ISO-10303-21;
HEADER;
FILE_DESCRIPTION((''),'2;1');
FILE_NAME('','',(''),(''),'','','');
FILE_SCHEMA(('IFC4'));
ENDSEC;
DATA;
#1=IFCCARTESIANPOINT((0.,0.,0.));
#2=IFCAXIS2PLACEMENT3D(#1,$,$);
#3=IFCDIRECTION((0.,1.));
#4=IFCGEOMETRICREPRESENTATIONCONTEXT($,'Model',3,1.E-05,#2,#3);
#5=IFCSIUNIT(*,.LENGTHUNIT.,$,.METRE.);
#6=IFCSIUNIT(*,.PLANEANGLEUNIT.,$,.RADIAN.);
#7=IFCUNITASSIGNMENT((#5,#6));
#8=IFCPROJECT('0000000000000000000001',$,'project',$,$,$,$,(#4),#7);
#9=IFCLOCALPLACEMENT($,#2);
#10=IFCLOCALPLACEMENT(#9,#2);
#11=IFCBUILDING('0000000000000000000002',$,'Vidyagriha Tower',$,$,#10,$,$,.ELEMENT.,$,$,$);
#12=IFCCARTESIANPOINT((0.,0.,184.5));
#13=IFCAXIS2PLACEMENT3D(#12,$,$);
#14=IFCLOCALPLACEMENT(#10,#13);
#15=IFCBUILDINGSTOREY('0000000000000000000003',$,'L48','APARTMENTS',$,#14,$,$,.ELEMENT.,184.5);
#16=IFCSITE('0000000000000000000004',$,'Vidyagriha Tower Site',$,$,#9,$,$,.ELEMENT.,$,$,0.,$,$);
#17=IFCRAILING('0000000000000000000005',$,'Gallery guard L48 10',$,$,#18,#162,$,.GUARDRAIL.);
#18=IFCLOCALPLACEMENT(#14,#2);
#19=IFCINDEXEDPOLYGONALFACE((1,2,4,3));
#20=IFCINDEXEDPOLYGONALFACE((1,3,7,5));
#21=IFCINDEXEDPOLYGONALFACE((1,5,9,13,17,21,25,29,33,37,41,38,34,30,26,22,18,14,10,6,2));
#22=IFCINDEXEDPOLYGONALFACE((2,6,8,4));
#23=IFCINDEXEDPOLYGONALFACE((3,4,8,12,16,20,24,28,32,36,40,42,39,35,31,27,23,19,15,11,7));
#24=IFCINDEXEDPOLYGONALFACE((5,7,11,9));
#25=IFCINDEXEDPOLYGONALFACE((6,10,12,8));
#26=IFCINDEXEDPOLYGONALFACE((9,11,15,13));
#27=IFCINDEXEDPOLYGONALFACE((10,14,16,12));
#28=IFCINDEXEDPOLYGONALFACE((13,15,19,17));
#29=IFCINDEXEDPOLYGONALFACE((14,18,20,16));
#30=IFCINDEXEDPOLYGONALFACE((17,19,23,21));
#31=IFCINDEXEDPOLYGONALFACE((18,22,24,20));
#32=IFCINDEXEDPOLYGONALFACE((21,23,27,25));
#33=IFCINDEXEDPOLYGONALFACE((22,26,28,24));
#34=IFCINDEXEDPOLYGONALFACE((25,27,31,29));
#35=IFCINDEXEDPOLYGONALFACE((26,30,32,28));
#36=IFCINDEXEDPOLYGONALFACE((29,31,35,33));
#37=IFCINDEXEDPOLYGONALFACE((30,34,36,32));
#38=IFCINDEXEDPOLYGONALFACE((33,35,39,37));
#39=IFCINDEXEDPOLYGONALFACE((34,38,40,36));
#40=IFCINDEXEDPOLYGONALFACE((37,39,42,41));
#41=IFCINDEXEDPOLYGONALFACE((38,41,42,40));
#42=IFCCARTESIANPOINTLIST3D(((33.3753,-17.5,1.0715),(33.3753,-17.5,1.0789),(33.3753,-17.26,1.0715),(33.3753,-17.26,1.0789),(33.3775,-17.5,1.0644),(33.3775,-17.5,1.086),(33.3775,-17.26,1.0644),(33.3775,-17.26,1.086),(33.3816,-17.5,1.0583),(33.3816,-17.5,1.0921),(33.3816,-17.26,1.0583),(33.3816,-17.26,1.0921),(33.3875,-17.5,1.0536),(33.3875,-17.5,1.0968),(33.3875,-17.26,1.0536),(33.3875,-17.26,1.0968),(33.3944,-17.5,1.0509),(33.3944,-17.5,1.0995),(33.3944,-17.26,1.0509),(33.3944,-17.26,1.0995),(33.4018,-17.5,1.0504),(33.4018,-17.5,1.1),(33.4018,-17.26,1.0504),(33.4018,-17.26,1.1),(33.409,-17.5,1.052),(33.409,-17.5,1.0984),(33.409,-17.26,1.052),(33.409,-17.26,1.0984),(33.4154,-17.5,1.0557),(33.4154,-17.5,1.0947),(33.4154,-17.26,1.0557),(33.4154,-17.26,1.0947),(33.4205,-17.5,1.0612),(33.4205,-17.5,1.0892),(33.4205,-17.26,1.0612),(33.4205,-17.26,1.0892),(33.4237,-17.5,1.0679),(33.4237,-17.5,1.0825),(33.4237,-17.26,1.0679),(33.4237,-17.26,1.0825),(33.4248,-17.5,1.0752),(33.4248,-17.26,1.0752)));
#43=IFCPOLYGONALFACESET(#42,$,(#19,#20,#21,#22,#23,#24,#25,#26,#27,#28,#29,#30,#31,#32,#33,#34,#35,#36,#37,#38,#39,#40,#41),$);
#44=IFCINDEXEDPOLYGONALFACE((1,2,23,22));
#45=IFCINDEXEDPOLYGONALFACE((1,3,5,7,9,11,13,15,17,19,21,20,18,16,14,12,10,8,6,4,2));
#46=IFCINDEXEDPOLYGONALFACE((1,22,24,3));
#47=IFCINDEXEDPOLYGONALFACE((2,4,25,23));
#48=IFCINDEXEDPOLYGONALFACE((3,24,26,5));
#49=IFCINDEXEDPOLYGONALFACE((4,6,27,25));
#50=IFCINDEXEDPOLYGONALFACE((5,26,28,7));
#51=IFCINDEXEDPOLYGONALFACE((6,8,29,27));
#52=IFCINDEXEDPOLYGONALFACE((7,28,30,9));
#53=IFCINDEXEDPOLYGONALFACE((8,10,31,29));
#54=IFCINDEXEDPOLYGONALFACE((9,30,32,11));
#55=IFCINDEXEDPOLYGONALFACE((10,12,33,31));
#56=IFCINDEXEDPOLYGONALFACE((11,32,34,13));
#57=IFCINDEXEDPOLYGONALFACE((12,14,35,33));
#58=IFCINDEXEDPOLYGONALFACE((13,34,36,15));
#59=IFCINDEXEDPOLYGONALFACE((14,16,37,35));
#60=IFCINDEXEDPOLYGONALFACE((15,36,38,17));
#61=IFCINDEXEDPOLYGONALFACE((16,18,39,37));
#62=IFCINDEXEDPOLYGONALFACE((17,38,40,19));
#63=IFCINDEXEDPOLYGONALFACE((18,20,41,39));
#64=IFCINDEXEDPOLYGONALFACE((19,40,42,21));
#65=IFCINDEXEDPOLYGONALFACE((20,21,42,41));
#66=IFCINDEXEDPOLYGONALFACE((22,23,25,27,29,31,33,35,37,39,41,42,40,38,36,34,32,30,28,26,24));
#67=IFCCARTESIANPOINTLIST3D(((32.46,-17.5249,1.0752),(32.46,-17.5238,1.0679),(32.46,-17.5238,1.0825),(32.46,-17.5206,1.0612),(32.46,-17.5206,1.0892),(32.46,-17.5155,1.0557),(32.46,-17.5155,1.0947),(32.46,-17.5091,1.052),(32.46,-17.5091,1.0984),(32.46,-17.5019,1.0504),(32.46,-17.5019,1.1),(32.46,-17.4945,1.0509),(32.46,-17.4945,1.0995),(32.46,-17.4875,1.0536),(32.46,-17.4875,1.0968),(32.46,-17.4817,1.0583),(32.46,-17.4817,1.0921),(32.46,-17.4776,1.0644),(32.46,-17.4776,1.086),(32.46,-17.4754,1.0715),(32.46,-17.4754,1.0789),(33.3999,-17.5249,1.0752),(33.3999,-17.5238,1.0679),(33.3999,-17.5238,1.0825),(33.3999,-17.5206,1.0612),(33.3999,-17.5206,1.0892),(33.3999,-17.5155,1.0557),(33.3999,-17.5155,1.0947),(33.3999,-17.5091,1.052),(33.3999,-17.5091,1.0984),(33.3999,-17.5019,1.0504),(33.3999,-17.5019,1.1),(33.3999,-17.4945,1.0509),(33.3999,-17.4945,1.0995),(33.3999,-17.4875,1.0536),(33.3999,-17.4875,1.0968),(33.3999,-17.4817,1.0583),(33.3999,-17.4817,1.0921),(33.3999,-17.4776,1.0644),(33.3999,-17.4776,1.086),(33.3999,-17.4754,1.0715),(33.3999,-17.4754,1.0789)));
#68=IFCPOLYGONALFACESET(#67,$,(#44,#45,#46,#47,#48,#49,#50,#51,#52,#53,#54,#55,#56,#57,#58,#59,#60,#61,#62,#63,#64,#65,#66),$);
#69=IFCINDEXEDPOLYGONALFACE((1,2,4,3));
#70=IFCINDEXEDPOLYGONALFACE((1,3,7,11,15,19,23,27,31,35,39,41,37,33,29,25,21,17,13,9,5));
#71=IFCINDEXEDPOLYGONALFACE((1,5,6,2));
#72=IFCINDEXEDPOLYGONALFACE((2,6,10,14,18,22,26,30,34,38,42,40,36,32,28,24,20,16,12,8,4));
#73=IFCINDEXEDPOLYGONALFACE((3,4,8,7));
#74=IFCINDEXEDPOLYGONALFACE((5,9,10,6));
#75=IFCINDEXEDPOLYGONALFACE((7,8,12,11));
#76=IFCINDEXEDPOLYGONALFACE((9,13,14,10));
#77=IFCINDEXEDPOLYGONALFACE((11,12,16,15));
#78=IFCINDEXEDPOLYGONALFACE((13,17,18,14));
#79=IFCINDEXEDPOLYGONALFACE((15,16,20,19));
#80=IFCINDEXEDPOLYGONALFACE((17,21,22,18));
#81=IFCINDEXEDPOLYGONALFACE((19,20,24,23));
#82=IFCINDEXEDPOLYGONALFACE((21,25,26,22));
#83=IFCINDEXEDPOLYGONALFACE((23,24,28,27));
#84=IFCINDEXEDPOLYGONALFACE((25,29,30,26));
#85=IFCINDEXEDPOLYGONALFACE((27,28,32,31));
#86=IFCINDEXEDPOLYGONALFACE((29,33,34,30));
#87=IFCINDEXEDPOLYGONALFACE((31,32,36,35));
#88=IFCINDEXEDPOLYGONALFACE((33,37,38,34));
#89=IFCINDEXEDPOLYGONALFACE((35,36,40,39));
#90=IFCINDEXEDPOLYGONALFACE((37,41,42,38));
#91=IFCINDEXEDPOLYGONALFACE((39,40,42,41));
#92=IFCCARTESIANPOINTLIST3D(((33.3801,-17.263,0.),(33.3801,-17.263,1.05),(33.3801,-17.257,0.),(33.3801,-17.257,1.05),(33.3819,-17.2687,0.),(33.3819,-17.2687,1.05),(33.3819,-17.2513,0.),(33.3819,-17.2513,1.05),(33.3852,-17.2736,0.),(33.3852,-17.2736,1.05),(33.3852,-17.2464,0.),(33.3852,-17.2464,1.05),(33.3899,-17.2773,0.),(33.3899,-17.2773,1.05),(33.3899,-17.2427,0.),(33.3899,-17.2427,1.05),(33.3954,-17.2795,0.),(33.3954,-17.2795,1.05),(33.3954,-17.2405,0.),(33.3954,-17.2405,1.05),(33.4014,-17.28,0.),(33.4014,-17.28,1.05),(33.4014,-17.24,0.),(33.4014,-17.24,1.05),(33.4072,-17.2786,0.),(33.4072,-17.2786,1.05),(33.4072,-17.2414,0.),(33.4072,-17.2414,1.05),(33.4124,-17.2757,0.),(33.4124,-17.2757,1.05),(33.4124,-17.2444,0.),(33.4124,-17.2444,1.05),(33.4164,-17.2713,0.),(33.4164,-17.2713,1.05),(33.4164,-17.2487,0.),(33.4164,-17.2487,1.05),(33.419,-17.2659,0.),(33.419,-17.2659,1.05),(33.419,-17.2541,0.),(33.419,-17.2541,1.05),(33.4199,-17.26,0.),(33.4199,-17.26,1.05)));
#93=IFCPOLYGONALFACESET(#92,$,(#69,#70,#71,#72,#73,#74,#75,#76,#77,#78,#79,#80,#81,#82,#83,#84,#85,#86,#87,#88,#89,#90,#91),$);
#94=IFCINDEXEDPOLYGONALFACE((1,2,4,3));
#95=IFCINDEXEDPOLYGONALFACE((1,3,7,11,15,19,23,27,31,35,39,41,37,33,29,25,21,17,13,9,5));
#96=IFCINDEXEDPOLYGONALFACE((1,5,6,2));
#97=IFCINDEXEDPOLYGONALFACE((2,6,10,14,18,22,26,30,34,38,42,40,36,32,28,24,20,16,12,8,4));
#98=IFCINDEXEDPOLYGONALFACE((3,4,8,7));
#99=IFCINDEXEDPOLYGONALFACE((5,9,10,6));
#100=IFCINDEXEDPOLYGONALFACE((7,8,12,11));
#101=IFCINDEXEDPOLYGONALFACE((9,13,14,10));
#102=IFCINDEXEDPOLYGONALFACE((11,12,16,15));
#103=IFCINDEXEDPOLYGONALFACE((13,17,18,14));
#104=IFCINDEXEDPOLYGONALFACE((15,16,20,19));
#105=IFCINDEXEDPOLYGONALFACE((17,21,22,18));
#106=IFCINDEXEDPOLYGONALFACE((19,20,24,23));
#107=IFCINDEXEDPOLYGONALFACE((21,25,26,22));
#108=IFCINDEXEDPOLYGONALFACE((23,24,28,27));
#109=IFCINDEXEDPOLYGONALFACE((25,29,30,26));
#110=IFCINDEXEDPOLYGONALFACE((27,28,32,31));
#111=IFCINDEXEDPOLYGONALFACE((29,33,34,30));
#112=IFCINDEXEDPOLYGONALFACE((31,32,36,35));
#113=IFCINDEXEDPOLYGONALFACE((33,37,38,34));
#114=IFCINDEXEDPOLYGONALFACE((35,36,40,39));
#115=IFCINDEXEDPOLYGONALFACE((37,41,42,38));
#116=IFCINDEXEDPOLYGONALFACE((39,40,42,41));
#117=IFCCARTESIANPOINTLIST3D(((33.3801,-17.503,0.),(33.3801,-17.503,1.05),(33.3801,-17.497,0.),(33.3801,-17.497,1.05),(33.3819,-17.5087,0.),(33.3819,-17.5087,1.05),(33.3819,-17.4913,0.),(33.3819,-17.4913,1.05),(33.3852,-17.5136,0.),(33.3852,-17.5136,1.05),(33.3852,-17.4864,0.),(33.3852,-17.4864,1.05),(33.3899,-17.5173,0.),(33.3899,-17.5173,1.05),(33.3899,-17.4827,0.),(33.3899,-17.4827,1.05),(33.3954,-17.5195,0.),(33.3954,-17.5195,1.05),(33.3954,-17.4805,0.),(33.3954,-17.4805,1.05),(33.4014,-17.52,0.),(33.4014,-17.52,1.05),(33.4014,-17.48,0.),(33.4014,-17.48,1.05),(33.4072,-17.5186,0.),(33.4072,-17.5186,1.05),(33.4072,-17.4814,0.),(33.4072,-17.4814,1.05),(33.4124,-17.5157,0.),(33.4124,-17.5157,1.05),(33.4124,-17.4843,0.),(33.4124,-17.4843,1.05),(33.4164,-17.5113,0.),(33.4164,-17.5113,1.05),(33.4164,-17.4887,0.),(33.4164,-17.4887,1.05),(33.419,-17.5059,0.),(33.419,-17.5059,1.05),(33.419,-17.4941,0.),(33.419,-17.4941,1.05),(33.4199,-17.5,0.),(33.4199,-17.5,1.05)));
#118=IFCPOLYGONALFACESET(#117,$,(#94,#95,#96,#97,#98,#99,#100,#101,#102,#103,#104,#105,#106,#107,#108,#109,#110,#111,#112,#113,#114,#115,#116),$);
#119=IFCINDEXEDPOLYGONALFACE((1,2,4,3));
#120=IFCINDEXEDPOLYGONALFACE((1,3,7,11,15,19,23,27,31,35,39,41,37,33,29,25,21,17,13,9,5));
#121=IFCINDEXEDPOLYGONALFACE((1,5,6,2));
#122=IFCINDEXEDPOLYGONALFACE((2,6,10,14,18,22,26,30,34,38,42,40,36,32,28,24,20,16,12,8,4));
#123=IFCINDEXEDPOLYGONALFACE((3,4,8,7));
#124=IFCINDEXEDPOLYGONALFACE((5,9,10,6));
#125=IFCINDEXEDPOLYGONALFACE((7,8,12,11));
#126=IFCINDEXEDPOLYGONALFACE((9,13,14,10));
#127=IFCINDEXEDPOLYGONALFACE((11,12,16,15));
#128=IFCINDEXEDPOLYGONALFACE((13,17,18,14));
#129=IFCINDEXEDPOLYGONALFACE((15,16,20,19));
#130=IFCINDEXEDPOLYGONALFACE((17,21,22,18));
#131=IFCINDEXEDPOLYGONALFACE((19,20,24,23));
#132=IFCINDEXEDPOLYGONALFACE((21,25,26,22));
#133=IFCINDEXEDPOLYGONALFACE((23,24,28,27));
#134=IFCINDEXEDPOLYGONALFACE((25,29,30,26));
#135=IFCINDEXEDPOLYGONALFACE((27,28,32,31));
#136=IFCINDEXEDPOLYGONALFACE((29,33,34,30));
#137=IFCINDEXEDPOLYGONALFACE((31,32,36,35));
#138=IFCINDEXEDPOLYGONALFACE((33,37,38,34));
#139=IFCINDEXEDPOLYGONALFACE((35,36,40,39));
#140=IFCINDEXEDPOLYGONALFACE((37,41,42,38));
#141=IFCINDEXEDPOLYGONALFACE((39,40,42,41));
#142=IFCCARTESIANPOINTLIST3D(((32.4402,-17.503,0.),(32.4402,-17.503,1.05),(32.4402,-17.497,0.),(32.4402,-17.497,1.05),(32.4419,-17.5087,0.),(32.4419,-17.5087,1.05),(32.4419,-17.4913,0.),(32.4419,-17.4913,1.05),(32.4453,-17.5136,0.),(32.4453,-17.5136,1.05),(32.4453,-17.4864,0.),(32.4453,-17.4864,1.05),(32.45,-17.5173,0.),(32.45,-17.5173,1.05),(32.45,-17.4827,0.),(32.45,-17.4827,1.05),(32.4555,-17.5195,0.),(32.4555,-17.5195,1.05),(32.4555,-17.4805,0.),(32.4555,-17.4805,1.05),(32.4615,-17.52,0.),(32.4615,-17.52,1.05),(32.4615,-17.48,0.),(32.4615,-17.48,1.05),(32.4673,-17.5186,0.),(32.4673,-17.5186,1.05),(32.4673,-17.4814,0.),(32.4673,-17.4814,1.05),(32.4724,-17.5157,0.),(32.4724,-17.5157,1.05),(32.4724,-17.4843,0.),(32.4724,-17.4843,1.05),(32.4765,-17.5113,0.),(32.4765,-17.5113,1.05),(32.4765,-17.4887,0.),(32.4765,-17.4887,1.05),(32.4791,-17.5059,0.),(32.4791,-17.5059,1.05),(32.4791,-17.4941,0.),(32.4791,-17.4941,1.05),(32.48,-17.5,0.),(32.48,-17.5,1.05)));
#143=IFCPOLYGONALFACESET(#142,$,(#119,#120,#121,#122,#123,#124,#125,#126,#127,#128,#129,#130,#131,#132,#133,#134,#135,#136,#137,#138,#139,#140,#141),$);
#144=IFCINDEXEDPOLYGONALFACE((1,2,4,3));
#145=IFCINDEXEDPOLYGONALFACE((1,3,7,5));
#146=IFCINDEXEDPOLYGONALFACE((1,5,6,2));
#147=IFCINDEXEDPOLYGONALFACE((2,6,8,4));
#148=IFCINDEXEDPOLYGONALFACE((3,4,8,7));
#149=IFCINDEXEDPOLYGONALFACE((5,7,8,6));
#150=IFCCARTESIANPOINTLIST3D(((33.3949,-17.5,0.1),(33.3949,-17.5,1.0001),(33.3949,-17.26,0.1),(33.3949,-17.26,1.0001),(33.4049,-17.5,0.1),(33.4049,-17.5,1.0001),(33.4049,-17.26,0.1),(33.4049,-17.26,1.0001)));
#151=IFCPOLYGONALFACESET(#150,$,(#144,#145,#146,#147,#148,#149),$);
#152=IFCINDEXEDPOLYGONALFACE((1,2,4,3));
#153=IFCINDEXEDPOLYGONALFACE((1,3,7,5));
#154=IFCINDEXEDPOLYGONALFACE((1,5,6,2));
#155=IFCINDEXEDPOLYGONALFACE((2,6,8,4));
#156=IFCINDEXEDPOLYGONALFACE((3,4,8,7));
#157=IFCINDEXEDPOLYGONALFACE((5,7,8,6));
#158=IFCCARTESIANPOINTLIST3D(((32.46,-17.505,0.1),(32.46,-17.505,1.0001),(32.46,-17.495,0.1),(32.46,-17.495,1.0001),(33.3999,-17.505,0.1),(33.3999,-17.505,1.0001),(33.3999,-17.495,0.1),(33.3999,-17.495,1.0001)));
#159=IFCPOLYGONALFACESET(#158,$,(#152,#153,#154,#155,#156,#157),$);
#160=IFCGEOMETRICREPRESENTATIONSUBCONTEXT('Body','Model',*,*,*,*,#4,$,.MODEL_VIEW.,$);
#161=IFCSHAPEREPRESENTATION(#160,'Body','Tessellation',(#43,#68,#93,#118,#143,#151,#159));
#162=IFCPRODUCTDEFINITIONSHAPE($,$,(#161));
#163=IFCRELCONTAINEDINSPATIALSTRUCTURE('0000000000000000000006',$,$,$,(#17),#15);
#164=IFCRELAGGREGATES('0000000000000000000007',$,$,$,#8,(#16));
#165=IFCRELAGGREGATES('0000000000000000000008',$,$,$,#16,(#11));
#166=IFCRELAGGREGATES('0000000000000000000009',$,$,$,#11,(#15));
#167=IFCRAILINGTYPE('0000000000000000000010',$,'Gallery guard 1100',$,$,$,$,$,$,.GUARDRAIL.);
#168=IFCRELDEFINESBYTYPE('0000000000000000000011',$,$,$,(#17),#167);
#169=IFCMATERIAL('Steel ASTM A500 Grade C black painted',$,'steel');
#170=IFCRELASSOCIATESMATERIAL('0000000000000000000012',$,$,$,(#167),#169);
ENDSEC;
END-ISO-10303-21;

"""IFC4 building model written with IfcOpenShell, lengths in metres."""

from ifc_helpers import new_model, si_unit, direction, frame, origin, origin_2d, place, context, subcontext, project, spatial, rectangle, circle, extrude, material, type_object, element, save


model = new_model("IFC4")

# Units and contexts
model_context = context("Model", 3, precision=1e-05, world=origin(), true_north=direction((0.0, 1.0)))
body_context = subcontext(model_context, "Body", "Model", "MODEL_VIEW")
ifc_project = project(units=[si_unit("LENGTHUNIT", "METRE"), si_unit("PLANEANGLEUNIT", "RADIAN")], contexts=[model_context])

# Site, building, storey
site_placement = place(None, origin())
site = spatial("IfcSite", under=ifc_project, at=site_placement, Name="Vidyagriha Tower Site", CompositionType="ELEMENT", RefElevation=0.0)
building_placement = place(site_placement, origin())
building = spatial("IfcBuilding", under=site, at=building_placement, Name="Vidyagriha Tower", CompositionType="ELEMENT")
storey_placement = place(building_placement, frame((0.0, 0.0, 184.5)))
storey = spatial("IfcBuildingStorey", under=building, at=storey_placement, Name="L48", Description="APARTMENTS", CompositionType="ELEMENT", Elevation=184.5)

# Railing
ifc_material_1 = material(Name="Steel ASTM A500 Grade C black painted", Category="steel")
railing_type_1 = type_object("IfcRailingType", Name="Gallery guard 1100", PredefinedType="GUARDRAIL", material=ifc_material_1)
railing_1_placement = place(storey_placement, frame((33.3999, -17.26, 0.0)))
element("IfcRailing", 1, at=railing_1_placement, inside=storey, type_object=railing_type_1, Name="Gallery guard L48 10", PredefinedType="GUARDRAIL", context=body_context, shape_type="SweptSolid", body=[
    extrude(circle(Radius=0.0249, at=origin_2d()), frame((0.0, 0.0, 1.0752), z_axis=(0.0, -1.0, 0.0), x_axis=(1.0, 0.0, 0.0)), (0.0, 0.0, 1.0), 0.24),
    extrude(circle(Radius=0.0249, at=origin_2d()), frame((0.0, -0.24, 1.0752), z_axis=(-1.0, 0.0, 0.0), x_axis=(0.0, -1.0, 0.0)), (0.0, 0.0, 1.0), 0.9399),
    extrude(circle(Radius=0.02, at=origin_2d()), origin(), (0.0, 0.0, 1.0), 1.05),
    extrude(circle(Radius=0.02, at=origin_2d()), frame((0.0, -0.24, 0.0)), (0.0, 0.0, 1.0), 1.05),
    extrude(circle(Radius=0.02, at=origin_2d()), frame((-0.9399, -0.24, 0.0)), (0.0, 0.0, 1.0), 1.05),
    extrude(rectangle(XDim=0.01, YDim=0.9001, at=origin_2d()), frame((0.0, 0.0, 0.55), z_axis=(0.0, -1.0, 0.0), x_axis=(1.0, 0.0, 0.0)), (0.0, 0.0, 1.0), 0.24),
    extrude(rectangle(XDim=0.01, YDim=0.9001, at=origin_2d()), frame((0.0, -0.24, 0.55), z_axis=(-1.0, 0.0, 0.0), x_axis=(0.0, -1.0, 0.0)), (0.0, 0.0, 1.0), 0.9399),
])

save(model, "model.ifc")
